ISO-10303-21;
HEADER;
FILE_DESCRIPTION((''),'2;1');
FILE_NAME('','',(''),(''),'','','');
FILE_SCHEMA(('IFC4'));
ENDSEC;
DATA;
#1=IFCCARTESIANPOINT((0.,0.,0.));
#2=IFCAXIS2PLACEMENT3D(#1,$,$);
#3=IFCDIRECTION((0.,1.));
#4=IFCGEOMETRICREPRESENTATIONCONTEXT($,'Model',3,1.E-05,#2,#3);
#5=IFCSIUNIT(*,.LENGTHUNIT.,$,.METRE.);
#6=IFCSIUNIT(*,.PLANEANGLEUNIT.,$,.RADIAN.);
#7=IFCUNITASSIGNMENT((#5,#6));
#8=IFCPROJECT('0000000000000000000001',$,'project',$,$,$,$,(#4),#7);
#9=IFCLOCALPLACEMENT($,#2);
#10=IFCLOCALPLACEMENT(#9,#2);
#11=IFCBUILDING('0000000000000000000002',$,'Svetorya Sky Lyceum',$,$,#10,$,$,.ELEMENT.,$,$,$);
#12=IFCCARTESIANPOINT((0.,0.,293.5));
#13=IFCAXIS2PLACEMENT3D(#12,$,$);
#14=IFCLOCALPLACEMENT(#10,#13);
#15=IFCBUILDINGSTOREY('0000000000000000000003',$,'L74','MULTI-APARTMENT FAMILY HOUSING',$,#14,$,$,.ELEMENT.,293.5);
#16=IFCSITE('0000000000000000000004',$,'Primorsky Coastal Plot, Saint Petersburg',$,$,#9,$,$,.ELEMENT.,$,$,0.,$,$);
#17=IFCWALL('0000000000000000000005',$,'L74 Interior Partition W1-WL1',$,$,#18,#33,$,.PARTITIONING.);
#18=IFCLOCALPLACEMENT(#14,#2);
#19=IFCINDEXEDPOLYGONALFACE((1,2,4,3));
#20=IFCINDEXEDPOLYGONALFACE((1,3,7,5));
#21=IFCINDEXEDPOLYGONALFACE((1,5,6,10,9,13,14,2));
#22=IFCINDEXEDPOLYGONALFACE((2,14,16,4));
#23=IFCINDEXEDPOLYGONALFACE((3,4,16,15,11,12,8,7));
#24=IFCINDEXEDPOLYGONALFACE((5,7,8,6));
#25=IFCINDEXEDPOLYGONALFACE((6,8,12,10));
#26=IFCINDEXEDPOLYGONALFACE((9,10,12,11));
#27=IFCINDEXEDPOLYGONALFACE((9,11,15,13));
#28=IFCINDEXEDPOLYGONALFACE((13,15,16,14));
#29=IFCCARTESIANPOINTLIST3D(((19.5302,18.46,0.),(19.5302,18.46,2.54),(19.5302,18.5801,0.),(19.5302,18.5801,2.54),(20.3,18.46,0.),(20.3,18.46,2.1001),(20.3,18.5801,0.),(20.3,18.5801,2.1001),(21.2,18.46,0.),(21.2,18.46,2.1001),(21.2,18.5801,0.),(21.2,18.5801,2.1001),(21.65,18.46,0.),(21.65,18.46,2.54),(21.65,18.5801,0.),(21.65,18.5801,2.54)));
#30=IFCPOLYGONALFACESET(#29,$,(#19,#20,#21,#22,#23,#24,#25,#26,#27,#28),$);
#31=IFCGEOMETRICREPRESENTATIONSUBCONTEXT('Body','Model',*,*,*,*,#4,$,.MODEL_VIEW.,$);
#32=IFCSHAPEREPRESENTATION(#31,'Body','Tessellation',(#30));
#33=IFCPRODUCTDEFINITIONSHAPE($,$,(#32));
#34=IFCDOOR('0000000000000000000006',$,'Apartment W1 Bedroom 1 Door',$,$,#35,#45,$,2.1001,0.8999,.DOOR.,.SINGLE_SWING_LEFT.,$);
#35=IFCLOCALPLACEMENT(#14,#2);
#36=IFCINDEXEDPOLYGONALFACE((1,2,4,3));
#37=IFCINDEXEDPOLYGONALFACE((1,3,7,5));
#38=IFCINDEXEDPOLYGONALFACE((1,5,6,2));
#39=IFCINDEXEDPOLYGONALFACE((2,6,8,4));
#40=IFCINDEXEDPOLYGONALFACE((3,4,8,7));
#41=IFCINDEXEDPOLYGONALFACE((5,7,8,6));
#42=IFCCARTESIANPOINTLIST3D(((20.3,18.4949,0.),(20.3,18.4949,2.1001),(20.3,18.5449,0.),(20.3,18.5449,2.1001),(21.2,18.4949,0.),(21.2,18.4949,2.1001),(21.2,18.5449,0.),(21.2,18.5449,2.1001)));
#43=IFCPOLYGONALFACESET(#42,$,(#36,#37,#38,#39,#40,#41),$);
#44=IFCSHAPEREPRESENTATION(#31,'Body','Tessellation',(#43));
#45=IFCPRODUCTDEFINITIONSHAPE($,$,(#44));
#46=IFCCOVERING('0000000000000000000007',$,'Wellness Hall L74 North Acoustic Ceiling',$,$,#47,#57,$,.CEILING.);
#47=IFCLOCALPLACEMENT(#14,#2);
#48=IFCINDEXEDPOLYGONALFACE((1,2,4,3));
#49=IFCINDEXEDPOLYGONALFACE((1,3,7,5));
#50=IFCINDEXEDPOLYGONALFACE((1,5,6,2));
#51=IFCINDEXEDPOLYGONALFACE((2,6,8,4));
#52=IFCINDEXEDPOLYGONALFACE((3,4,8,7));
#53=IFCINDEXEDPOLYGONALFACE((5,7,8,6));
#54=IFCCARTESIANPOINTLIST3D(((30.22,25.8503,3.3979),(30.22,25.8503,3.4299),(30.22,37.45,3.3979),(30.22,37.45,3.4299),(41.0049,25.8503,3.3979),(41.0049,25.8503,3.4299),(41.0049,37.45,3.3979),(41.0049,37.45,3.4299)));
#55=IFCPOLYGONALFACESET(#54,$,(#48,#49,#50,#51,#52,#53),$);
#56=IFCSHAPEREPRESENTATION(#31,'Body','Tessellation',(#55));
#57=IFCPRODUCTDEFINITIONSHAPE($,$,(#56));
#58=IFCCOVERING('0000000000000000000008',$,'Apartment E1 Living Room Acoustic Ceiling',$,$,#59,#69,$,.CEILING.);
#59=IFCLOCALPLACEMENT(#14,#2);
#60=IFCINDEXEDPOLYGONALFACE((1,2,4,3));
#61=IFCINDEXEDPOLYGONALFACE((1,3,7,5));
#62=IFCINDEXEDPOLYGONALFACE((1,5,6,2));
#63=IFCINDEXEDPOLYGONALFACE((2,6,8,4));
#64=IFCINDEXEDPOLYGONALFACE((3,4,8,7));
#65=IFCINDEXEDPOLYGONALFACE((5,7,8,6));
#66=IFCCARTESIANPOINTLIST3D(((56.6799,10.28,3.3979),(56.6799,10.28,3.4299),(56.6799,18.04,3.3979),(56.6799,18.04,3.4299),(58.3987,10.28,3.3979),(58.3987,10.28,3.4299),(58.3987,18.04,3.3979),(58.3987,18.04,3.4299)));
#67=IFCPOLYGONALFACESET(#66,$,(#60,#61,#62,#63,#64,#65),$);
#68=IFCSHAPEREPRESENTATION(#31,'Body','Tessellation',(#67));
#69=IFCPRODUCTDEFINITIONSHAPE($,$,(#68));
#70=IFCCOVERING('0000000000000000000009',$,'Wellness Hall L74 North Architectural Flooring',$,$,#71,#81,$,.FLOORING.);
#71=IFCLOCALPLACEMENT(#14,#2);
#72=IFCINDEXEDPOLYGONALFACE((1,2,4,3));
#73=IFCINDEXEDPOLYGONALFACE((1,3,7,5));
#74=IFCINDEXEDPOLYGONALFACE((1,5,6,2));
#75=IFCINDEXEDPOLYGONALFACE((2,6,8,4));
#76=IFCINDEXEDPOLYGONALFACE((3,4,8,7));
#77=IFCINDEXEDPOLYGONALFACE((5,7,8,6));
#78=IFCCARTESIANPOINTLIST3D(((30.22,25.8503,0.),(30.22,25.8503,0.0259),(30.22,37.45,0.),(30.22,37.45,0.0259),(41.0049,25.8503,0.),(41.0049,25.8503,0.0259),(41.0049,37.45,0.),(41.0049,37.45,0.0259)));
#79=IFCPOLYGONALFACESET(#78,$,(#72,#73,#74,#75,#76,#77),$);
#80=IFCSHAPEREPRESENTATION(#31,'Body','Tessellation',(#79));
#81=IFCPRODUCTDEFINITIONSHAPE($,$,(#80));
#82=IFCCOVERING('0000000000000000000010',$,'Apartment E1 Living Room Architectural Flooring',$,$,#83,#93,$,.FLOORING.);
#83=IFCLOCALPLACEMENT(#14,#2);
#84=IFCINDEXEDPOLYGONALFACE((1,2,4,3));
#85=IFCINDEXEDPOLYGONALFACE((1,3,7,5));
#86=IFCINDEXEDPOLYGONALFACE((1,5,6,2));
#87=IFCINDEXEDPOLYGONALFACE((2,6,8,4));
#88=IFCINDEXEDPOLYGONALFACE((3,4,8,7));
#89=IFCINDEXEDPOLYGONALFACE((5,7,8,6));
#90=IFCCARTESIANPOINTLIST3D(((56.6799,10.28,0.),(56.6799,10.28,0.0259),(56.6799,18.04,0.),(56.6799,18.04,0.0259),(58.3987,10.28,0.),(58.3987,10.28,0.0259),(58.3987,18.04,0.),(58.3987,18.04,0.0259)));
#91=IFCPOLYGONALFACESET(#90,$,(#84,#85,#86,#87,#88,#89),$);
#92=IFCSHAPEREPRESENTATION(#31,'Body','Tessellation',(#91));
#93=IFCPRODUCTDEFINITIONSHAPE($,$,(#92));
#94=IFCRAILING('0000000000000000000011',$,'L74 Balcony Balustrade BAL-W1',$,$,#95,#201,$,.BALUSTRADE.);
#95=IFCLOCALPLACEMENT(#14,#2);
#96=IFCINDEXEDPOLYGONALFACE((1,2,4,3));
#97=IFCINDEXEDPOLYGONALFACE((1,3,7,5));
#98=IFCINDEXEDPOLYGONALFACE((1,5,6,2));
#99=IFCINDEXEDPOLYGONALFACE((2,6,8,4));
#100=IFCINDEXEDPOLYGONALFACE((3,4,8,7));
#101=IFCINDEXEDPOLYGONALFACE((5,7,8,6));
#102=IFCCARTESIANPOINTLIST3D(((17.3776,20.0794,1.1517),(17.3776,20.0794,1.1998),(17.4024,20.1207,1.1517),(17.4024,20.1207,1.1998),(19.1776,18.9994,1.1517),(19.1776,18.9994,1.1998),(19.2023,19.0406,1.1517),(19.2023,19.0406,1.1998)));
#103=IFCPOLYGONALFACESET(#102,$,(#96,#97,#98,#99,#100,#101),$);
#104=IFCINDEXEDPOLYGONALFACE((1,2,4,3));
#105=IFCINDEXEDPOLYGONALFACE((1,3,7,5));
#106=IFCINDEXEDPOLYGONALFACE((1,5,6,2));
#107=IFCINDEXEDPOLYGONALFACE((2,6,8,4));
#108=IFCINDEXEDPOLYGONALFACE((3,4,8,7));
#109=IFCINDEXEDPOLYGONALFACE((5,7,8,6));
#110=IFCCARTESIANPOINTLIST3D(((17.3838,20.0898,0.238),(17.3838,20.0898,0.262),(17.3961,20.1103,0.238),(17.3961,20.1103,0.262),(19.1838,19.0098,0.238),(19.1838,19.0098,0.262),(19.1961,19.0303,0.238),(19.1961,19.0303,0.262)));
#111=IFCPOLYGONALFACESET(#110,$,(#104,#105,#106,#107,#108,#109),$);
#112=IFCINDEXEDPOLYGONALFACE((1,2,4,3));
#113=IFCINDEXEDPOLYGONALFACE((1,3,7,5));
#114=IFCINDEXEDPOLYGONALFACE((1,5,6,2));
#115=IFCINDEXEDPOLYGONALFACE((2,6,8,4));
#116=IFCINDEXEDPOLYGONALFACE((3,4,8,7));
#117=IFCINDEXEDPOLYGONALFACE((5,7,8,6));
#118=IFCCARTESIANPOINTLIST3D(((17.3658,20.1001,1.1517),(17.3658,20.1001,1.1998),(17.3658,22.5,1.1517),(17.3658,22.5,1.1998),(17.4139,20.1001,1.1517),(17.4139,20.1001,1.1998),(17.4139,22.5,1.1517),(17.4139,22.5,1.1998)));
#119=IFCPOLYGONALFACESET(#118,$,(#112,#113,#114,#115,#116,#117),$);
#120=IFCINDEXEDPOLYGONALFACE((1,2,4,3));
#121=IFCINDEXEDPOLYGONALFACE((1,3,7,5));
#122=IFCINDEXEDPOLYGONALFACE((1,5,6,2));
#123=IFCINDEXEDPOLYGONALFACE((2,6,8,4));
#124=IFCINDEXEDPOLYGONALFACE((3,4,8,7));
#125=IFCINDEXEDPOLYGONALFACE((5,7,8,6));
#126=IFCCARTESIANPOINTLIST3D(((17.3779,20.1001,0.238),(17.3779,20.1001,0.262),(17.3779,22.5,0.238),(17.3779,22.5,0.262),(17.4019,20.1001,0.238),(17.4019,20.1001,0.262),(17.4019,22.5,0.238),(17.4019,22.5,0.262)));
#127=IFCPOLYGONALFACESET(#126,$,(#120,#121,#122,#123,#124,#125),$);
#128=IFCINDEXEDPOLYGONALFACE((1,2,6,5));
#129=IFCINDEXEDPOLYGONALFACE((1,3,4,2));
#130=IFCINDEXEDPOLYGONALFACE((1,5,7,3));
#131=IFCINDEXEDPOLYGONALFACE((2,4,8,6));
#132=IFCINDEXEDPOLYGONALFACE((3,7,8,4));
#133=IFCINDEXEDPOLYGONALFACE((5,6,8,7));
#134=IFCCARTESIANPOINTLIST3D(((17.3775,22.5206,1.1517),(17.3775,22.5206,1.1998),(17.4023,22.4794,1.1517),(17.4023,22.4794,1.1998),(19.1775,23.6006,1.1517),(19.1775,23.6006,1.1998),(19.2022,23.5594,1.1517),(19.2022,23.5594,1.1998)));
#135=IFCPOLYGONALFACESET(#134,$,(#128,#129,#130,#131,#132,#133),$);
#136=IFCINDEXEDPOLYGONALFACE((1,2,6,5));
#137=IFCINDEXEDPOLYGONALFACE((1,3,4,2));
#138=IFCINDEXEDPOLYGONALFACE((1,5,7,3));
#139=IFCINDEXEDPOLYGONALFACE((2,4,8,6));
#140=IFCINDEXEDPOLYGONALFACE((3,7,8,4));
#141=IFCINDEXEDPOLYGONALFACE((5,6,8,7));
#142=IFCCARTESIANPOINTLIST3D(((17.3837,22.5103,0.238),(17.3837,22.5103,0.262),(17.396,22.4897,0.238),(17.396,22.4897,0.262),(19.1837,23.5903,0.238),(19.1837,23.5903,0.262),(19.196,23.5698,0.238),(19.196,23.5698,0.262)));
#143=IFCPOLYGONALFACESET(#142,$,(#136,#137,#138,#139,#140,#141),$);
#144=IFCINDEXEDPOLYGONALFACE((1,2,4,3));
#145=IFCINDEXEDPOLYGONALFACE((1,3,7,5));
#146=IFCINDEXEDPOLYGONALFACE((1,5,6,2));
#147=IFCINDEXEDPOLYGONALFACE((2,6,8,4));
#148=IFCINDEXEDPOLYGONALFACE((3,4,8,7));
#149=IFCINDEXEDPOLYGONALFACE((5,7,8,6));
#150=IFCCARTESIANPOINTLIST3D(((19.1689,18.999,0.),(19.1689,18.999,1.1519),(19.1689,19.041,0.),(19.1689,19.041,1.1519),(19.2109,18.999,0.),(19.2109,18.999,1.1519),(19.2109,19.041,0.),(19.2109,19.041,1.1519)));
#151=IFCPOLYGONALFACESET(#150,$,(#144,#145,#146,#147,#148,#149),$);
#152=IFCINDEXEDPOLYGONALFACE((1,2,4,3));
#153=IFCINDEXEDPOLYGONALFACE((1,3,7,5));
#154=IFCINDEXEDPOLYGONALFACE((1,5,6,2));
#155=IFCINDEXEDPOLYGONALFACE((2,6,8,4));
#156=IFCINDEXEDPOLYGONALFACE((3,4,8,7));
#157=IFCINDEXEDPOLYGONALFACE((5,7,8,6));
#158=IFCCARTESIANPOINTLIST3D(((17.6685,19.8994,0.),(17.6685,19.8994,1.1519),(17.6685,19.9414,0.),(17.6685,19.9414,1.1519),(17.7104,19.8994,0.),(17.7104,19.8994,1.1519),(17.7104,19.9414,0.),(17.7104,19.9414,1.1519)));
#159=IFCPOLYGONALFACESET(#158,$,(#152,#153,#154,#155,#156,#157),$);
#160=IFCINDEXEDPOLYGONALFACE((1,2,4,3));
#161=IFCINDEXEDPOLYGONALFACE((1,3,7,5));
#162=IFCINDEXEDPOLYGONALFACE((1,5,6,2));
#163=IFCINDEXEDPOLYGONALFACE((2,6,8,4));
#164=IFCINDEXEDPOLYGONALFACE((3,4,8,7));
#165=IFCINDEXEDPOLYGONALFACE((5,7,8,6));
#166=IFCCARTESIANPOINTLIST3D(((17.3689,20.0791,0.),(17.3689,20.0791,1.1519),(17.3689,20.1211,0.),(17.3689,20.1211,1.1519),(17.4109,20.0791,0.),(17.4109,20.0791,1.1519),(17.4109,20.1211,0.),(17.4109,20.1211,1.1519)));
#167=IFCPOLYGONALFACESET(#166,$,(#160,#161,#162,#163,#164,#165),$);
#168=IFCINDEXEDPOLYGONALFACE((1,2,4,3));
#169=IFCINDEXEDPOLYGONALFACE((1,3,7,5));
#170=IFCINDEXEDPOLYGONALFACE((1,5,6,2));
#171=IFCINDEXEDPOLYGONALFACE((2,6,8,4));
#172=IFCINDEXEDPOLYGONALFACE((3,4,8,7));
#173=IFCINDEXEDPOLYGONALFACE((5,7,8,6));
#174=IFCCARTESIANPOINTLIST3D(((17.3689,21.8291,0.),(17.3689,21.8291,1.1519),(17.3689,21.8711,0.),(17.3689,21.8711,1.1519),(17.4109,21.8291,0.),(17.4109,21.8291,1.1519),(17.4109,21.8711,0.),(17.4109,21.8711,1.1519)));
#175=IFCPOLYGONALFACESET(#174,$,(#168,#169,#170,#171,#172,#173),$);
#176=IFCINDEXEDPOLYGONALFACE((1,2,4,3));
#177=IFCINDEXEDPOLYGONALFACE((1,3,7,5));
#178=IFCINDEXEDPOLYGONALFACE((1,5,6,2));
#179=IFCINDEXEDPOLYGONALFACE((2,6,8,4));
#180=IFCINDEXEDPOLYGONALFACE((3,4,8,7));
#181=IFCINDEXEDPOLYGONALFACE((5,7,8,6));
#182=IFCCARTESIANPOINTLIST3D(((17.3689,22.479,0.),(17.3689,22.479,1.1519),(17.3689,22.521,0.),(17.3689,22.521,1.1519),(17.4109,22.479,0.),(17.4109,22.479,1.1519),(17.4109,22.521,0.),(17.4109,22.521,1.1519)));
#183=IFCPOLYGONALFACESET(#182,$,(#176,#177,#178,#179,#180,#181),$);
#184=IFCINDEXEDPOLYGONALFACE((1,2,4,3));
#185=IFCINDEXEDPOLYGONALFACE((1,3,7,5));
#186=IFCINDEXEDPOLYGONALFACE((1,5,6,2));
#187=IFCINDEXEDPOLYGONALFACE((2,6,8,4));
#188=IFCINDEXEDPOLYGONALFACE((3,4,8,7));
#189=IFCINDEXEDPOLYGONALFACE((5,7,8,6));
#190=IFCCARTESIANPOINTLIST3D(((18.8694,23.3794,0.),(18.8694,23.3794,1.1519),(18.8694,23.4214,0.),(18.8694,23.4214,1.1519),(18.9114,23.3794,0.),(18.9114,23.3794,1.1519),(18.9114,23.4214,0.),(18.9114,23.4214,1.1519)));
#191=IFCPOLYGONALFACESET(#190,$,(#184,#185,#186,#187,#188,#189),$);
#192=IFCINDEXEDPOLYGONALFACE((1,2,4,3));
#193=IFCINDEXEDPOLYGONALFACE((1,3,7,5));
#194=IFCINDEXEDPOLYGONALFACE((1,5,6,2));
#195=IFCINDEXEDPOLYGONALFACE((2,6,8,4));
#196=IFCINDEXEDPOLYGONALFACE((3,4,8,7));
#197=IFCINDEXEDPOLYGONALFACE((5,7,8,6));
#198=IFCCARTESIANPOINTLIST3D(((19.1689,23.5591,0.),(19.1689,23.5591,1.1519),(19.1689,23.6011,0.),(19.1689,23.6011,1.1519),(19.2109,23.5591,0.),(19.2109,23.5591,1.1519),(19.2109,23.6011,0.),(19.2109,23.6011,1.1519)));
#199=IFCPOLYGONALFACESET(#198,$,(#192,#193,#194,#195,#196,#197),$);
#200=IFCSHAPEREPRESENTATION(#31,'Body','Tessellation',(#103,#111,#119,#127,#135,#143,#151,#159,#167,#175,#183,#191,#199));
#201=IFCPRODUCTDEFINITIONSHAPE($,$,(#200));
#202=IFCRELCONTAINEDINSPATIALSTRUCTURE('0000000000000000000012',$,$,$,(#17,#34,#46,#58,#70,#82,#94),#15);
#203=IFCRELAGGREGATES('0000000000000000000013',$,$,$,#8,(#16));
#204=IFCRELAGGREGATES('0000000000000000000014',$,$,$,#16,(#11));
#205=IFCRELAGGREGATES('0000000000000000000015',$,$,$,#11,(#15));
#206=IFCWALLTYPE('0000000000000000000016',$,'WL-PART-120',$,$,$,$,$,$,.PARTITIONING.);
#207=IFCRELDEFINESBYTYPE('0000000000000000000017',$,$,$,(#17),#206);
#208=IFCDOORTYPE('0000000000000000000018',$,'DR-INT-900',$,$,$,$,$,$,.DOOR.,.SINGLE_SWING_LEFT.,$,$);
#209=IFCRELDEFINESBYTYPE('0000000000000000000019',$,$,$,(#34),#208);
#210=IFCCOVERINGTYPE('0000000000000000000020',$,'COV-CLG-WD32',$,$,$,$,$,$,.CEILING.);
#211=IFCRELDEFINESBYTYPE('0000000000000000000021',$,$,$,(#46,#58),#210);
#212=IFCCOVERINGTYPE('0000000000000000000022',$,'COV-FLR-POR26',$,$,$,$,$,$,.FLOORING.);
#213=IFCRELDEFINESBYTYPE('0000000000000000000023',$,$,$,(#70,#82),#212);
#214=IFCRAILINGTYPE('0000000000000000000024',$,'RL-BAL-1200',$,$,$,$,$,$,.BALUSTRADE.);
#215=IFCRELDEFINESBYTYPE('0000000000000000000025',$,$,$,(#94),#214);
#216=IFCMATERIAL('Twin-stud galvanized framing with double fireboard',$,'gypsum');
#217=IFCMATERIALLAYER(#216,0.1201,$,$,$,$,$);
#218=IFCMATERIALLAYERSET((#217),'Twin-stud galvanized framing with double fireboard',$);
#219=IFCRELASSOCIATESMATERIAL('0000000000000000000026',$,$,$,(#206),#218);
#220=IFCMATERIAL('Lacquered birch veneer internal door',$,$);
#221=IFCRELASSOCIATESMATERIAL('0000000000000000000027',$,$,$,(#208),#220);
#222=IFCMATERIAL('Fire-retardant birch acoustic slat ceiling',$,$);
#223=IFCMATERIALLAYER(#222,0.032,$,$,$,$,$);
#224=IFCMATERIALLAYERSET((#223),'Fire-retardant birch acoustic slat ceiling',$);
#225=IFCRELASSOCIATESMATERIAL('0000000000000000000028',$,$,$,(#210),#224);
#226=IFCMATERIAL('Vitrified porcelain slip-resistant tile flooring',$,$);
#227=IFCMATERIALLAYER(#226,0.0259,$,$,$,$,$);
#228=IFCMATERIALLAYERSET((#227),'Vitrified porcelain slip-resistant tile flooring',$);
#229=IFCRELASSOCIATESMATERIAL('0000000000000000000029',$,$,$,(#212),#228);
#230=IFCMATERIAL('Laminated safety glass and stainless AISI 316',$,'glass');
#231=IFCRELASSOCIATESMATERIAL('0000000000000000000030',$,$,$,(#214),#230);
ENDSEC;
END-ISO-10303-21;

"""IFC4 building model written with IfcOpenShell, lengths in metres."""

from ifc_helpers import new_model, si_unit, direction, frame, frame_2d, origin, origin_2d, place, context, subcontext, project, spatial, polyline, rectangle, outline, extrude, material, layer, layer_set, type_object, element, fill, save


model = new_model("IFC4")

# Units and contexts
model_context = context("Model", 3, precision=1e-05, world=origin(), true_north=direction((0.0, 1.0)))
body_context = subcontext(model_context, "Body", "Model", "MODEL_VIEW")
ifc_project = project(units=[si_unit("LENGTHUNIT", "METRE"), si_unit("PLANEANGLEUNIT", "RADIAN")], contexts=[model_context])

# Site, building, storey
site_placement = place(None, origin())
site = spatial("IfcSite", under=ifc_project, at=site_placement, Name="Primorsky Coastal Plot, Saint Petersburg", CompositionType="ELEMENT", RefElevation=0.0)
building_placement = place(site_placement, origin())
building = spatial("IfcBuilding", under=site, at=building_placement, Name="Svetorya Sky Lyceum", CompositionType="ELEMENT")
storey_placement = place(building_placement, frame((0.0, 0.0, 293.5)))
storey = spatial("IfcBuildingStorey", under=building, at=storey_placement, Name="L74", Description="MULTI-APARTMENT FAMILY HOUSING", CompositionType="ELEMENT", Elevation=293.5)

# Wall, opening, door
ifc_material_1 = material(Name="Twin-stud galvanized framing with double fireboard", Category="gypsum")
ifc_layer_1 = layer(ifc_material_1, 0.1201)
ifc_layer_set_1 = layer_set([ifc_layer_1], Name="Twin-stud galvanized framing with double fireboard")
wall_type_1 = type_object("IfcWallType", Name="WL-PART-120", PredefinedType="PARTITIONING", material=ifc_layer_set_1)
wall_1_placement = place(storey_placement, frame((19.53, 18.52, 0.0), z_axis=(0.0, 0.0, 1.0), x_axis=(1.0, 0.0, 0.0)))
wall_1 = element("IfcWall", 1, at=wall_1_placement, inside=storey, type_object=wall_type_1, Name="L74 Interior Partition W1-WL1", PredefinedType="PARTITIONING", context=body_context, shape_type="SweptSolid", body=[
    extrude(rectangle(XDim=2.1199, YDim=0.1201, at=frame_2d((1.0601, 0.0))), origin(), (0.0, 0.0, 1.0), 2.54),
])
opening_placement = place(wall_1_placement, frame((0.77, 0.0, 0.0)))
opening = element("IfcOpeningElement", 2, at=opening_placement, cuts=wall_1, PredefinedType="OPENING", context=body_context, shape_type="SweptSolid", body=[
    extrude(rectangle(XDim=0.8999, YDim=2.1001, at=frame_2d((0.45, 1.05))), frame((0.0, 0.0701, 0.0), z_axis=(0.0, -1.0, 0.0), x_axis=(1.0, 0.0, 0.0)), (0.0, 0.0, 1.0), 0.1401),
])
ifc_material_2 = material(Name="Lacquered birch veneer internal door")
door_type = type_object("IfcDoorType", Name="DR-INT-900", OperationType="SINGLE_SWING_LEFT", PredefinedType="DOOR", material=ifc_material_2)
door_placement = place(opening_placement, origin())
door = element("IfcDoor", 3, at=door_placement, inside=storey, type_object=door_type, Name="Apartment W1 Bedroom 1 Door", OperationType="SINGLE_SWING_LEFT", OverallHeight=2.1001, OverallWidth=0.8999, PredefinedType="DOOR", context=body_context, shape_type="SweptSolid", body=[
    extrude(rectangle(XDim=0.8999, YDim=2.1001, at=frame_2d((0.45, 1.05))), frame((0.0, 0.0249, 0.0), z_axis=(0.0, -1.0, 0.0), x_axis=(1.0, 0.0, 0.0)), (0.0, 0.0, 1.0), 0.05),
])
fill(opening, door)

# Coverings
ifc_material_3 = material(Name="Fire-retardant birch acoustic slat ceiling")
ifc_layer_2 = layer(ifc_material_3, 0.032)
ifc_layer_set_2 = layer_set([ifc_layer_2], Name="Fire-retardant birch acoustic slat ceiling")
covering_type_1 = type_object("IfcCoveringType", Name="COV-CLG-WD32", PredefinedType="CEILING", material=ifc_layer_set_2)
covering_1_placement = place(storey_placement, frame((0.0, 0.0, 3.3979)))
element("IfcCovering", 4, at=covering_1_placement, inside=storey, type_object=covering_type_1, Name="Wellness Hall L74 North Acoustic Ceiling", PredefinedType="CEILING", context=body_context, shape_type="SweptSolid", body=[
    extrude(outline(polyline([(30.22, 25.8503), (41.0049, 25.8503), (41.0049, 37.45), (30.22, 37.45), (30.22, 25.8503)])), origin(), (0.0, 0.0, 1.0), 0.032),
])
covering_2_placement = place(storey_placement, frame((0.0, 0.0, 3.3979)))
element("IfcCovering", 5, at=covering_2_placement, inside=storey, type_object=covering_type_1, Name="Apartment E1 Living Room Acoustic Ceiling", PredefinedType="CEILING", context=body_context, shape_type="SweptSolid", body=[
    extrude(outline(polyline([(56.6799, 10.28), (58.3987, 10.28), (58.3987, 18.04), (56.6799, 18.04), (56.6799, 10.28)])), origin(), (0.0, 0.0, 1.0), 0.032),
])
ifc_material_4 = material(Name="Vitrified porcelain slip-resistant tile flooring")
ifc_layer_3 = layer(ifc_material_4, 0.0259)
ifc_layer_set_3 = layer_set([ifc_layer_3], Name="Vitrified porcelain slip-resistant tile flooring")
covering_type_2 = type_object("IfcCoveringType", Name="COV-FLR-POR26", PredefinedType="FLOORING", material=ifc_layer_set_3)
covering_3_placement = place(storey_placement, origin())
element("IfcCovering", 6, at=covering_3_placement, inside=storey, type_object=covering_type_2, Name="Wellness Hall L74 North Architectural Flooring", PredefinedType="FLOORING", context=body_context, shape_type="SweptSolid", body=[
    extrude(outline(polyline([(30.22, 25.8503), (41.0049, 25.8503), (41.0049, 37.45), (30.22, 37.45), (30.22, 25.8503)])), origin(), (0.0, 0.0, 1.0), 0.0259),
])
covering_4_placement = place(storey_placement, origin())
element("IfcCovering", 7, at=covering_4_placement, inside=storey, type_object=covering_type_2, Name="Apartment E1 Living Room Architectural Flooring", PredefinedType="FLOORING", context=body_context, shape_type="SweptSolid", body=[
    extrude(outline(polyline([(56.6799, 10.28), (58.3987, 10.28), (58.3987, 18.04), (56.6799, 18.04), (56.6799, 10.28)])), origin(), (0.0, 0.0, 1.0), 0.0259),
])

# Railing
ifc_material_5 = material(Name="Laminated safety glass and stainless AISI 316", Category="glass")
railing_type = type_object("IfcRailingType", Name="RL-BAL-1200", PredefinedType="BALUSTRADE", material=ifc_material_5)
railing_placement = place(storey_placement, frame((19.1899, 19.02, 0.0)))
element("IfcRailing", 8, at=railing_placement, inside=storey, type_object=railing_type, Name="L74 Balcony Balustrade BAL-W1", PredefinedType="BALUSTRADE", context=body_context, shape_type="SweptSolid", body=[
    extrude(rectangle(XDim=0.0481, YDim=0.0481, at=origin_2d()), frame((0.0, 0.0, 1.1758), z_axis=(-0.857483, 0.514513, 0.0), x_axis=(-0.514513, -0.857483, 0.0)), (0.0, 0.0, 1.0), 2.0991),
    extrude(rectangle(XDim=0.0239, YDim=0.0239, at=origin_2d()), frame((0.0, 0.0, 0.25), z_axis=(-0.857483, 0.514513, 0.0), x_axis=(-0.514513, -0.857483, 0.0)), (0.0, 0.0, 1.0), 2.0991),
    extrude(rectangle(XDim=0.0481, YDim=0.0481, at=origin_2d()), frame((-1.8, 1.0801, 1.1758), z_axis=(0.0, 1.0, 0.0), x_axis=(-1.0, 0.0, 0.0)), (0.0, 0.0, 1.0), 2.3999),
    extrude(rectangle(XDim=0.0239, YDim=0.0239, at=origin_2d()), frame((-1.8, 1.0801, 0.25), z_axis=(0.0, 1.0, 0.0), x_axis=(-1.0, 0.0, 0.0)), (0.0, 0.0, 1.0), 2.3999),
    extrude(rectangle(XDim=0.0481, YDim=0.0481, at=origin_2d()), frame((-1.8, 3.48, 1.1758), z_axis=(0.857483, 0.514513, 0.0), x_axis=(-0.514513, 0.857483, 0.0)), (0.0, 0.0, 1.0), 2.0991),
    extrude(rectangle(XDim=0.0239, YDim=0.0239, at=origin_2d()), frame((-1.8, 3.48, 0.25), z_axis=(0.857483, 0.514513, 0.0), x_axis=(-0.514513, 0.857483, 0.0)), (0.0, 0.0, 1.0), 2.0991),
    extrude(rectangle(XDim=0.042, YDim=0.042, at=origin_2d()), origin(), (0.0, 0.0, 1.0), 1.1519),
    extrude(rectangle(XDim=0.042, YDim=0.042, at=origin_2d()), frame((-1.5005, 0.9004, 0.0)), (0.0, 0.0, 1.0), 1.1519),
    extrude(rectangle(XDim=0.042, YDim=0.042, at=origin_2d()), frame((-1.8, 1.0801, 0.0)), (0.0, 0.0, 1.0), 1.1519),
    extrude(rectangle(XDim=0.042, YDim=0.042, at=origin_2d()), frame((-1.8, 2.8301, 0.0)), (0.0, 0.0, 1.0), 1.1519),
    extrude(rectangle(XDim=0.042, YDim=0.042, at=origin_2d()), frame((-1.8, 3.48, 0.0)), (0.0, 0.0, 1.0), 1.1519),
    extrude(rectangle(XDim=0.042, YDim=0.042, at=origin_2d()), frame((-0.2996, 4.3804, 0.0)), (0.0, 0.0, 1.0), 1.1519),
    extrude(rectangle(XDim=0.042, YDim=0.042, at=origin_2d()), frame((0.0, 4.5601, 0.0)), (0.0, 0.0, 1.0), 1.1519),
])

save(model, "model.ifc")
